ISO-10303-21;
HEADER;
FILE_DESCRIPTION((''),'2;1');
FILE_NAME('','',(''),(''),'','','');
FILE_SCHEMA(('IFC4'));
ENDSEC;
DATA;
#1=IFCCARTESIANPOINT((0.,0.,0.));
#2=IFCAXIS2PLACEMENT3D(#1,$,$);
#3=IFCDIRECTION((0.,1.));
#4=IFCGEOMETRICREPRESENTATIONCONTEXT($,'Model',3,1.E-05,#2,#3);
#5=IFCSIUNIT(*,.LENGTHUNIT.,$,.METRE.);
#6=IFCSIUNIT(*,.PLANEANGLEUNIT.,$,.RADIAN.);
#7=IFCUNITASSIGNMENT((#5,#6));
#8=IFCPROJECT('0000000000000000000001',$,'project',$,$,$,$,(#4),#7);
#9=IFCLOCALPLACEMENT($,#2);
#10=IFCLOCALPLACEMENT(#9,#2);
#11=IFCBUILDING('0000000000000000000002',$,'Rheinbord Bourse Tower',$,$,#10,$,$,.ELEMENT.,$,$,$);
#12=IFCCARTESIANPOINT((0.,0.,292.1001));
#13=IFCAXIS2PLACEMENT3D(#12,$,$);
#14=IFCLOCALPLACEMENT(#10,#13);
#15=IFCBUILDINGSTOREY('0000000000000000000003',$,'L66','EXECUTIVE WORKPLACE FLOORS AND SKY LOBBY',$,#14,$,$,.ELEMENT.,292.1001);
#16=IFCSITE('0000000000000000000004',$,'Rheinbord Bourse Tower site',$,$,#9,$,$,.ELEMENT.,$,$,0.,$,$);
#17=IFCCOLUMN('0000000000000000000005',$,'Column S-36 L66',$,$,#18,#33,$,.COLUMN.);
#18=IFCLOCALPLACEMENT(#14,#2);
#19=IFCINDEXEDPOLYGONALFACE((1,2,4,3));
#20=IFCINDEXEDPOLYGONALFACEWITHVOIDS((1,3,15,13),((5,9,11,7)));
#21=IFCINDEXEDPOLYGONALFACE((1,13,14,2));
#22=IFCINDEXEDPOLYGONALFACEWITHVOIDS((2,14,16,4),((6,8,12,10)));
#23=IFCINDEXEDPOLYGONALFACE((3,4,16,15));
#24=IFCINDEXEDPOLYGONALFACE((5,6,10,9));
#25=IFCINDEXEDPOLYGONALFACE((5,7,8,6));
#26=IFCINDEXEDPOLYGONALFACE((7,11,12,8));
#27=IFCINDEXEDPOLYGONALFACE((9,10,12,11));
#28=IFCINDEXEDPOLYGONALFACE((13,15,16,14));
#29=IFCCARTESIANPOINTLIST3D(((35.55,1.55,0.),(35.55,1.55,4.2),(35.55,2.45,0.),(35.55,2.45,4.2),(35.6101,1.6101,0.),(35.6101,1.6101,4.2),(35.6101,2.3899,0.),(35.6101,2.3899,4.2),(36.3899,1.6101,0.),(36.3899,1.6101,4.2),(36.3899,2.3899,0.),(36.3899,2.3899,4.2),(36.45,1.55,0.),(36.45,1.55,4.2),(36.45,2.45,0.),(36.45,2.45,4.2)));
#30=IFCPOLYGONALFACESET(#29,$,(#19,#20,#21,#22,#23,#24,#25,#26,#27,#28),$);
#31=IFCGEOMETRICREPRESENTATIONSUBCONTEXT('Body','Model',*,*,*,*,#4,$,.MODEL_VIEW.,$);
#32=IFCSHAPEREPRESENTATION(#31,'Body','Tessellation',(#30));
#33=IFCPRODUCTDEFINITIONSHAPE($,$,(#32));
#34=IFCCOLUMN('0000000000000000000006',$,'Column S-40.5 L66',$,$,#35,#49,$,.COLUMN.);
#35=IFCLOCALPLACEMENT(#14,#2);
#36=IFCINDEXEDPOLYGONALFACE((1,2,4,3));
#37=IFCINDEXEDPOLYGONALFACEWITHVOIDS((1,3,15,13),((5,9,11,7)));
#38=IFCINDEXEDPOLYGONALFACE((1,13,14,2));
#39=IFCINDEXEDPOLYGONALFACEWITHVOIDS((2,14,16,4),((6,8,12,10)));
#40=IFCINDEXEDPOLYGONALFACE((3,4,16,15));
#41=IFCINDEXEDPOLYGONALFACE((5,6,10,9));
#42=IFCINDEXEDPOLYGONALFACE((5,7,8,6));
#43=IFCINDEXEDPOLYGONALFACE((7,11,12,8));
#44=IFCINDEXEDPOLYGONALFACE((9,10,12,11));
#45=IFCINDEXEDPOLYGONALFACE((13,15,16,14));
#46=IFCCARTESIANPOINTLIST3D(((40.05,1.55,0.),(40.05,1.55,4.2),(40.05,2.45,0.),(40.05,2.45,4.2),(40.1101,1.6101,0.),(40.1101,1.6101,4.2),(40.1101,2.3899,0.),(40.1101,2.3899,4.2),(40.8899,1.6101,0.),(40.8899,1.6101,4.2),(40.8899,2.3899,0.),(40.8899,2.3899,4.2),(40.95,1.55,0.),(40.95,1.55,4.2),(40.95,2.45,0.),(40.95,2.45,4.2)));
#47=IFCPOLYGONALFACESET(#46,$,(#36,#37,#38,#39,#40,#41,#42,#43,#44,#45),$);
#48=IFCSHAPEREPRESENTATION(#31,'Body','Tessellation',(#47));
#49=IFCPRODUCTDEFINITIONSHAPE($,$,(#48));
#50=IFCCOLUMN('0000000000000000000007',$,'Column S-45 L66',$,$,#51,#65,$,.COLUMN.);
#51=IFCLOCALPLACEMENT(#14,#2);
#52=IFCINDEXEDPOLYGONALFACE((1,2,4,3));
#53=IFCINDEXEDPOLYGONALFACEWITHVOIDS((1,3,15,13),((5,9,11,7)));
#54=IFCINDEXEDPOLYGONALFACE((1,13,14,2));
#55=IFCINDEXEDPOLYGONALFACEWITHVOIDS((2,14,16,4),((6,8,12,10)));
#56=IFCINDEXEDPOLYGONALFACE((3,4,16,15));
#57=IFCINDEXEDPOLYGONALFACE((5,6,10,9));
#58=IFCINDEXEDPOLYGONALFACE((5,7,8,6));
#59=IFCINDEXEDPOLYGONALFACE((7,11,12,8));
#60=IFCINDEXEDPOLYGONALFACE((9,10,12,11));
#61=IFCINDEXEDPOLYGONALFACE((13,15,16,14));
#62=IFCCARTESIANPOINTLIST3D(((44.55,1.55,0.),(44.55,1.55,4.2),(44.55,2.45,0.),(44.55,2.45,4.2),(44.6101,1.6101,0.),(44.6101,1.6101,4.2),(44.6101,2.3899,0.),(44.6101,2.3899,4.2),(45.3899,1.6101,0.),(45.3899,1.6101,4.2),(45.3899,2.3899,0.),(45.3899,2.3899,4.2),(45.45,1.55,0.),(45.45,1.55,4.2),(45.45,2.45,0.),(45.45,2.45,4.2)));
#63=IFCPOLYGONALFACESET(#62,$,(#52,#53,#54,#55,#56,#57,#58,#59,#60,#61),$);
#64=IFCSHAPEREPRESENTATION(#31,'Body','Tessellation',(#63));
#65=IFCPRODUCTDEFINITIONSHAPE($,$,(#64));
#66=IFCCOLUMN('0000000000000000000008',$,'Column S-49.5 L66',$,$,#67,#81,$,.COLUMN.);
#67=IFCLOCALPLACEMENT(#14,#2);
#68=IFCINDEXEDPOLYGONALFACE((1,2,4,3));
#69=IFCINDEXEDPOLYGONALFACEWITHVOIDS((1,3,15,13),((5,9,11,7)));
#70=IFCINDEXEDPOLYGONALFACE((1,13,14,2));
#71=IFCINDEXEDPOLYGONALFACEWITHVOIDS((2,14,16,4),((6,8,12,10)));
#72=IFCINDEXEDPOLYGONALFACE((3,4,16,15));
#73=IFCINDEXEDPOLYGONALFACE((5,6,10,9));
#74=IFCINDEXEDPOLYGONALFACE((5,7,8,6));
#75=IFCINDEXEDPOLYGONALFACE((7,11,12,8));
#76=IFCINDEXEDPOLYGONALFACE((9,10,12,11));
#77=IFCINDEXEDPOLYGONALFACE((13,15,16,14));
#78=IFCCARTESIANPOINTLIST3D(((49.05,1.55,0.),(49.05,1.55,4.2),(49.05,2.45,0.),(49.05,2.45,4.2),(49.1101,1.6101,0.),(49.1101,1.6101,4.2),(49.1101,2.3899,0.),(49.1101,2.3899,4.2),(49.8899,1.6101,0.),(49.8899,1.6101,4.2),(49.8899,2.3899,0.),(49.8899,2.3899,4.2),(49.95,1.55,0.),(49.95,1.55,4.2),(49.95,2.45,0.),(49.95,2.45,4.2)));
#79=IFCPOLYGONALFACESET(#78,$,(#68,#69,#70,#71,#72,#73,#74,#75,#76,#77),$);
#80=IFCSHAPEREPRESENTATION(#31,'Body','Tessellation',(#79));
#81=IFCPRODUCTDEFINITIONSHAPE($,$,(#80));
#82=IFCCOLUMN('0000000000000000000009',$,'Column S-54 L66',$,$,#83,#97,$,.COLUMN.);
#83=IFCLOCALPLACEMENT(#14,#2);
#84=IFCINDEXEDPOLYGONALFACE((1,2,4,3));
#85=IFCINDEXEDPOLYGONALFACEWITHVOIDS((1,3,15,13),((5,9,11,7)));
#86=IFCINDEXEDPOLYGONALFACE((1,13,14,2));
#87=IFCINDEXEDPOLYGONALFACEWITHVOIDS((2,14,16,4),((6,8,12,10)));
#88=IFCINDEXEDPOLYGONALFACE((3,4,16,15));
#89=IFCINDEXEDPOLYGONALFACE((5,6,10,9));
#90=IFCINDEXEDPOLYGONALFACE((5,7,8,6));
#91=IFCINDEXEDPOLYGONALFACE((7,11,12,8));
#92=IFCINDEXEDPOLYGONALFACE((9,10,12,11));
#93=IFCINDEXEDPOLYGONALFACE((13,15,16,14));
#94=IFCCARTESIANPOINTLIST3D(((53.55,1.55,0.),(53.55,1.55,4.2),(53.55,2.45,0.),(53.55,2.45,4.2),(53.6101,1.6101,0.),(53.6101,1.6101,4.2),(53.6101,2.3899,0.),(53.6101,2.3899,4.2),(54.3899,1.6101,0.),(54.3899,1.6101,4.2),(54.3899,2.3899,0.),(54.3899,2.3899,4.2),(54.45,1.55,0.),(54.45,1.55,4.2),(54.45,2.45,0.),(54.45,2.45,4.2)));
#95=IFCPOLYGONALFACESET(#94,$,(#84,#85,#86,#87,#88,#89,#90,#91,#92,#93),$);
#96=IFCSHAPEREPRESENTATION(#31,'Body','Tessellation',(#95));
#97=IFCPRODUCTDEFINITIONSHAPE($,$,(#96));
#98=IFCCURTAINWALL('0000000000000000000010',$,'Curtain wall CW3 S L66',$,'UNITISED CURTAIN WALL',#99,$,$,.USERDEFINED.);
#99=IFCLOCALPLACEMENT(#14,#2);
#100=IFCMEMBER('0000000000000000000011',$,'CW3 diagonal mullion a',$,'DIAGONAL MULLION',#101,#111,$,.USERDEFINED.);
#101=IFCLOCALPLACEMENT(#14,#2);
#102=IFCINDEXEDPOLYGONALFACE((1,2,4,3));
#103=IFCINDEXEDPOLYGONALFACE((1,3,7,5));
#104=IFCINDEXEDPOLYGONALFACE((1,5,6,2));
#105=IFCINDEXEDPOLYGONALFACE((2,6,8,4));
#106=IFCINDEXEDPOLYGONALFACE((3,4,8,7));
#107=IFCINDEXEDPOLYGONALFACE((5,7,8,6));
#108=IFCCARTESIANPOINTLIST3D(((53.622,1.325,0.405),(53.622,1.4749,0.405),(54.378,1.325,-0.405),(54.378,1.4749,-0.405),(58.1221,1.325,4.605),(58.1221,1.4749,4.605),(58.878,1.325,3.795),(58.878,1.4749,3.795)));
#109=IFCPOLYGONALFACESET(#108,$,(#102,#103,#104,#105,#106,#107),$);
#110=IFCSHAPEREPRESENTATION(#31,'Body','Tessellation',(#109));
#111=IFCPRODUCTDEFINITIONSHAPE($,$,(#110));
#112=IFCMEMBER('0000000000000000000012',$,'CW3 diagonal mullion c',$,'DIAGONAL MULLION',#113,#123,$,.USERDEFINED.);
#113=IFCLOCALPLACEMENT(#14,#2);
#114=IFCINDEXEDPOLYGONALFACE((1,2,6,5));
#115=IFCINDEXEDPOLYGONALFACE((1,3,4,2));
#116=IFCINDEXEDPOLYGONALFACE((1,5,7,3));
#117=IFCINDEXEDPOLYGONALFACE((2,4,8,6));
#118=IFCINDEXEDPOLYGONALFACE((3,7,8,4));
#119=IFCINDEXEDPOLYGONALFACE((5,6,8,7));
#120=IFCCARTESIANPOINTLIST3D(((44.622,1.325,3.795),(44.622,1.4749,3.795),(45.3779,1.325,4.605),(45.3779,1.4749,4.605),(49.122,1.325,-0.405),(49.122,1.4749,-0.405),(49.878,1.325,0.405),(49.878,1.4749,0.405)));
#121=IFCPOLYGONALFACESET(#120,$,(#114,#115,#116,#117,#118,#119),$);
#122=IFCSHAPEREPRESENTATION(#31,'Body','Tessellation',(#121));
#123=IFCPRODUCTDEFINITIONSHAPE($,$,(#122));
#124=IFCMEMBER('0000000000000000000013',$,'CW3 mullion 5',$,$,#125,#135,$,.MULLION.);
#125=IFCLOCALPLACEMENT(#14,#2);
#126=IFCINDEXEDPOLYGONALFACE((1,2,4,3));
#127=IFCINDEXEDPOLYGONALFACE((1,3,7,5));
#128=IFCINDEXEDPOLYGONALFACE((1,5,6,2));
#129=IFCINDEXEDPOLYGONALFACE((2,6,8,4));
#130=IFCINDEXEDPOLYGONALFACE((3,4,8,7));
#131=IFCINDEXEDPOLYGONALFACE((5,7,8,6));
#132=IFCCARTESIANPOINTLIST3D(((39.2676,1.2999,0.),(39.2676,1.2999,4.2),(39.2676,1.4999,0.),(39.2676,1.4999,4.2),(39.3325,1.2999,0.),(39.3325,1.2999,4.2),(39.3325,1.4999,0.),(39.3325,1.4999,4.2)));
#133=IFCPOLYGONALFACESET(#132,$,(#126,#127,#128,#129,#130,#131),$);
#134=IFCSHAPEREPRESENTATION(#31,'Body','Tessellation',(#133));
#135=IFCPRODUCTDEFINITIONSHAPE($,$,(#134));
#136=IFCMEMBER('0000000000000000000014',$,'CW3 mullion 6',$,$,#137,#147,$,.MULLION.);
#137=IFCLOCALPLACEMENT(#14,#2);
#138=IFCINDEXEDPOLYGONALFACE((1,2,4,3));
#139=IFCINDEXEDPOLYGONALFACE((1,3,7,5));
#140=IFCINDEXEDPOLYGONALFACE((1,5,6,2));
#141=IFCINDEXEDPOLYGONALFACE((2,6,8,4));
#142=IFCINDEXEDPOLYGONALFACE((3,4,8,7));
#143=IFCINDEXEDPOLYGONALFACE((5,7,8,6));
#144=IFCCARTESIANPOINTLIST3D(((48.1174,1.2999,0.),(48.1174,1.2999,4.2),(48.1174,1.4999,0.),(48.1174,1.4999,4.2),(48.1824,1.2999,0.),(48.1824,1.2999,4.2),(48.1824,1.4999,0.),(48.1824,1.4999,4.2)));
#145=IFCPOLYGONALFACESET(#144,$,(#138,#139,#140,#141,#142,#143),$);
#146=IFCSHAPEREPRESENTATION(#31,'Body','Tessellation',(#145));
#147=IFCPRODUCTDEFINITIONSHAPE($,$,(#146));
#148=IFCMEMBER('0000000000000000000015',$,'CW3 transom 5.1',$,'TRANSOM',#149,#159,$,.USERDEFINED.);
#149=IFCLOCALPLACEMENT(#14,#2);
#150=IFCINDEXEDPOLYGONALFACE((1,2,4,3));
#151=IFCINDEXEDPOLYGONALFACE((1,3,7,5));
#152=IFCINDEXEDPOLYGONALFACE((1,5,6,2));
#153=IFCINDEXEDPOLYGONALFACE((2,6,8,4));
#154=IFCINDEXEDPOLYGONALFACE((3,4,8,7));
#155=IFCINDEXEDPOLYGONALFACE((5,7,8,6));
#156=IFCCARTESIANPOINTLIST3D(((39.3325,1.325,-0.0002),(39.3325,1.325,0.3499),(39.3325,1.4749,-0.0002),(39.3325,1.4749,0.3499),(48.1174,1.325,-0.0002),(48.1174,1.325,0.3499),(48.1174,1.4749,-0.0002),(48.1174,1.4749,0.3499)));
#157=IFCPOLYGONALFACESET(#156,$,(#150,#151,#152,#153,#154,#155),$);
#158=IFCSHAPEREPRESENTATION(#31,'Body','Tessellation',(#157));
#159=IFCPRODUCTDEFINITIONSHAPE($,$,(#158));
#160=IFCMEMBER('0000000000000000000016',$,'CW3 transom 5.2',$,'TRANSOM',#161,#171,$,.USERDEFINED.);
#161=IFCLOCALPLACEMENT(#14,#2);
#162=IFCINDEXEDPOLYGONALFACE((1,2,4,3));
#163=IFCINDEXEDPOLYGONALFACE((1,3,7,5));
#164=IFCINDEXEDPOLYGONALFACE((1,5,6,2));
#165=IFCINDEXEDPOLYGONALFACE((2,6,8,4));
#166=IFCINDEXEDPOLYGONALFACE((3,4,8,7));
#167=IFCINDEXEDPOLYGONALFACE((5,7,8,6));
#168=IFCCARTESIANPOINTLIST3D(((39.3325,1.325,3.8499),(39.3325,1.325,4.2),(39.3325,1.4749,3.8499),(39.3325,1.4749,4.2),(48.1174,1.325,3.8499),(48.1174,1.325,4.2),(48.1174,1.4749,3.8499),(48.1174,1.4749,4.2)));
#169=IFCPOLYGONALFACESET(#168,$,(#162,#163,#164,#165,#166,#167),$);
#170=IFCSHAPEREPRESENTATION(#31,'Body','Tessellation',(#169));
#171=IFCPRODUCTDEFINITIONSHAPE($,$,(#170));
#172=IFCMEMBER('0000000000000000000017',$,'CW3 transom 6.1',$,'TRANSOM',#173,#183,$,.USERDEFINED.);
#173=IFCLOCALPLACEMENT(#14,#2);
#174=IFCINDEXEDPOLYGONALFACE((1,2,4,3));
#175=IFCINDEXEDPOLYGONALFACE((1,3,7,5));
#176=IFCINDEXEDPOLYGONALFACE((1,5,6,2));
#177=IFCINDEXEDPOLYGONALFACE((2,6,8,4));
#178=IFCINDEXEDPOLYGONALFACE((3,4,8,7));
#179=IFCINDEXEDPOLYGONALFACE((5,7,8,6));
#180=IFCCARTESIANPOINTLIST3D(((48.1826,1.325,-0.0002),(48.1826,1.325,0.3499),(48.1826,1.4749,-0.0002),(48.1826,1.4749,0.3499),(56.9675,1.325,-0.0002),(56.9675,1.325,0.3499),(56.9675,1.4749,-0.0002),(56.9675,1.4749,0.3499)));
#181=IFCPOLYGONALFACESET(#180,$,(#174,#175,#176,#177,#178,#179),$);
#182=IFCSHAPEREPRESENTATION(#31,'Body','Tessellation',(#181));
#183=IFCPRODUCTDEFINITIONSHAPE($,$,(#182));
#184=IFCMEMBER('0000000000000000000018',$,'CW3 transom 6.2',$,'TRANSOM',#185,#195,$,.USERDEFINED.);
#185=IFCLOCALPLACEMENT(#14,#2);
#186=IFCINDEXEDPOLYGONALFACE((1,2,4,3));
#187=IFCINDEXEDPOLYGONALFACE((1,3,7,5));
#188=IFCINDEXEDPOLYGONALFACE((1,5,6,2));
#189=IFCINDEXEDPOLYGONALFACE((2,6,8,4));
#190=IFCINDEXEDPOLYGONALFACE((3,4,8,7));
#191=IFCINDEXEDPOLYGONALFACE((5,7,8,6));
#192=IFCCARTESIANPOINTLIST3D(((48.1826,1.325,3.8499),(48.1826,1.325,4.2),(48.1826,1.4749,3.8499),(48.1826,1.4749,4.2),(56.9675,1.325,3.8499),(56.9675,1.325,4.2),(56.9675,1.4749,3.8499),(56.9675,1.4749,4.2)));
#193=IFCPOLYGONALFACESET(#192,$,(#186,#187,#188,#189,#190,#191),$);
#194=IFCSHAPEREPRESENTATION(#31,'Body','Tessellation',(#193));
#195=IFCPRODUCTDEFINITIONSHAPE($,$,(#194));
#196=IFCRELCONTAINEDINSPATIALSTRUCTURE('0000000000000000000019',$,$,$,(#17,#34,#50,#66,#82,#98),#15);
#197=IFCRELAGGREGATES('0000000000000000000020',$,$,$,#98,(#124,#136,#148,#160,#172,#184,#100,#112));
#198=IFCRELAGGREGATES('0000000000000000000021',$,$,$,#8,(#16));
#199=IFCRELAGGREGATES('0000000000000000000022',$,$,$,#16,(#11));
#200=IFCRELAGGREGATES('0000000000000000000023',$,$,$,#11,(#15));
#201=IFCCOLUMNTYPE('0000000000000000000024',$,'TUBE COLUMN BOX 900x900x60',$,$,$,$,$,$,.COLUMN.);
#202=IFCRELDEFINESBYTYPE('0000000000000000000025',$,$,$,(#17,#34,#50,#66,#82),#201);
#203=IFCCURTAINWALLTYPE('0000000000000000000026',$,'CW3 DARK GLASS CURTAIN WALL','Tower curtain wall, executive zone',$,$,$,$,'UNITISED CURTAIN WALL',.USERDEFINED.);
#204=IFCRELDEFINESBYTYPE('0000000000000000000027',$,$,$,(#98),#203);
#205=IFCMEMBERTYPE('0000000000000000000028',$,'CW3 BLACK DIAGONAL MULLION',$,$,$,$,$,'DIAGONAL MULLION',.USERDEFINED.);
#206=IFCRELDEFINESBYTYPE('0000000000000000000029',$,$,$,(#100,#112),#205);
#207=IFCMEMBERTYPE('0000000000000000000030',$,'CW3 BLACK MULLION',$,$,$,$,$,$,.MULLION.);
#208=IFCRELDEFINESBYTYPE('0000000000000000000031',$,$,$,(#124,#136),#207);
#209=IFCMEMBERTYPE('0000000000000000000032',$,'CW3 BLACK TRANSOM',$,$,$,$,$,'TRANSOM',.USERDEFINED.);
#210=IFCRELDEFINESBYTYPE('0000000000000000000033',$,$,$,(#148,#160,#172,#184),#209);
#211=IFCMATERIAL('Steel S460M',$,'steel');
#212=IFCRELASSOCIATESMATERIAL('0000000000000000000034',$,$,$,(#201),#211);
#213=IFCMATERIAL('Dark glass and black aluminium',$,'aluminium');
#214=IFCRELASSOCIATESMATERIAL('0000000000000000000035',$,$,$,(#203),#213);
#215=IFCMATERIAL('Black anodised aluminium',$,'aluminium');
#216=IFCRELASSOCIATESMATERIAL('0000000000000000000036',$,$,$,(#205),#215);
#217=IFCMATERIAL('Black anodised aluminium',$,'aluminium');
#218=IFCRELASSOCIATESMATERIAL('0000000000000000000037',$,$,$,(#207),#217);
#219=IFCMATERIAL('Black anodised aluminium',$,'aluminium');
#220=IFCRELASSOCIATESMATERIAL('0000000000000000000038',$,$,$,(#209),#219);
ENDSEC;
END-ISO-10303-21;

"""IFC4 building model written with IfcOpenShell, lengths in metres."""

from ifc_helpers import new_model, si_unit, direction, frame, origin, origin_2d, place, context, subcontext, project, spatial, rectangle, hollow_rectangle, extrude, material, material_profile, profile_set, type_object, element, aggregate, save


model = new_model("IFC4")

# Units and contexts
model_context = context("Model", 3, precision=1e-05, world=origin(), true_north=direction((0.0, 1.0)))
body_context = subcontext(model_context, "Body", "Model", "MODEL_VIEW")
ifc_project = project(units=[si_unit("LENGTHUNIT", "METRE"), si_unit("PLANEANGLEUNIT", "RADIAN")], contexts=[model_context])

# Site, building, storey
site_placement = place(None, origin())
site = spatial("IfcSite", under=ifc_project, at=site_placement, Name="Rheinbord Bourse Tower site", CompositionType="ELEMENT", RefElevation=0.0)
building_placement = place(site_placement, origin())
building = spatial("IfcBuilding", under=site, at=building_placement, Name="Rheinbord Bourse Tower", CompositionType="ELEMENT")
storey_placement = place(building_placement, frame((0.0, 0.0, 292.1001)))
storey = spatial("IfcBuildingStorey", under=building, at=storey_placement, Name="L66", Description="EXECUTIVE WORKPLACE FLOORS AND SKY LOBBY", CompositionType="ELEMENT", Elevation=292.1001)

# Columns
ifc_material_1 = material(Name="Steel S460M", Category="steel")
ifc_material_profile_1 = material_profile(ifc_material_1, hollow_rectangle(XDim=0.8999, YDim=0.8999, WallThickness=0.0601, at=origin_2d()), Name="BOX 900x900x60")
ifc_profile_set_1 = profile_set([ifc_material_profile_1], Name="Steel S460M")
column_type = type_object("IfcColumnType", Name="TUBE COLUMN BOX 900x900x60", PredefinedType="COLUMN", material=ifc_profile_set_1)
for number, where, z_axis, x_axis, name in (
    (1, (36.0, 2.0, 0.0), (0.0, 0.0, 1.0), (0.0, 1.0, 0.0), "Column S-36 L66"),
    (2, (40.5, 2.0, 0.0), (0.0, 0.0, 1.0), (0.0, 1.0, 0.0), "Column S-40.5 L66"),
    (3, (45.0, 2.0, 0.0), (0.0, 0.0, 1.0), (0.0, 1.0, 0.0), "Column S-45 L66"),
    (4, (49.5, 2.0, 0.0), (0.0, 0.0, 1.0), (0.0, 1.0, 0.0), "Column S-49.5 L66"),
    (5, (54.0, 2.0, 0.0), (0.0, 0.0, 1.0), (0.0, 1.0, 0.0), "Column S-54 L66"),
):
    element("IfcColumn", number, at=place(storey_placement, frame(where, z_axis=z_axis, x_axis=x_axis)), inside=storey, type_object=column_type, Name=name, PredefinedType="COLUMN", context=body_context, shape_type="SweptSolid", body=[
        extrude(hollow_rectangle(XDim=0.8999, YDim=0.8999, WallThickness=0.0601, at=origin_2d()), origin(), (0.0, 0.0, 1.0), 4.2),
    ])

# Curtain wall, members
ifc_material_2 = material(Name="Dark glass and black aluminium", Category="aluminium")
curtain_wall_type = type_object("IfcCurtainWallType", Name="CW3 DARK GLASS CURTAIN WALL", Description="Tower curtain wall, executive zone", ElementType="UNITISED CURTAIN WALL", PredefinedType="USERDEFINED", material=ifc_material_2)
curtain_wall_placement = place(storey_placement, origin())
curtain_wall = element("IfcCurtainWall", 6, at=curtain_wall_placement, inside=storey, type_object=curtain_wall_type, Name="Curtain wall CW3 S L66", ObjectType="UNITISED CURTAIN WALL", PredefinedType="USERDEFINED")
ifc_material_3 = material(Name="Black anodised aluminium", Category="aluminium")
ifc_material_profile_2 = material_profile(ifc_material_3, rectangle(XDim=0.1499, YDim=1.1079, at=origin_2d()), Name="CW3 DIAGONAL MULLION 1108x150")
ifc_profile_set_2 = profile_set([ifc_material_profile_2], Name="Black anodised aluminium")
member_type_1 = type_object("IfcMemberType", Name="CW3 BLACK DIAGONAL MULLION", ElementType="DIAGONAL MULLION", PredefinedType="USERDEFINED", material=ifc_profile_set_2)
member_1_placement = place(storey_placement, frame((54.0, 1.3999, 0.0), z_axis=(0.731059, 0.0, 0.682314), x_axis=(0.0, 1.0, 0.0)))
member_1 = element("IfcMember", 7, at=member_1_placement, type_object=member_type_1, Name="CW3 diagonal mullion a", ObjectType="DIAGONAL MULLION", PredefinedType="USERDEFINED", context=body_context, shape_type="SweptSolid", body=[
    extrude(rectangle(XDim=0.1499, YDim=1.1079, at=origin_2d()), origin(), (0.0, 0.0, 1.0), 6.1555),
])
member_2_placement = place(storey_placement, frame((49.5, 1.3999, 0.0), z_axis=(-0.731059, 0.0, 0.682314), x_axis=(0.0, -1.0, 0.0)))
member_2 = element("IfcMember", 8, at=member_2_placement, type_object=member_type_1, Name="CW3 diagonal mullion c", ObjectType="DIAGONAL MULLION", PredefinedType="USERDEFINED", context=body_context, shape_type="SweptSolid", body=[
    extrude(rectangle(XDim=0.1499, YDim=1.1079, at=origin_2d()), origin(), (0.0, 0.0, 1.0), 6.1555),
])
ifc_material_4 = material(Name="Black anodised aluminium", Category="aluminium")
ifc_material_profile_3 = material_profile(ifc_material_4, rectangle(XDim=0.2, YDim=0.0649, at=origin_2d()), Name="CW3 MULLION 65x200")
ifc_profile_set_3 = profile_set([ifc_material_profile_3], Name="Black anodised aluminium")
member_type_2 = type_object("IfcMemberType", Name="CW3 BLACK MULLION", PredefinedType="MULLION", material=ifc_profile_set_3)
member_3_placement = place(storey_placement, frame((39.3, 1.3999, 0.0), z_axis=(0.0, 0.0, 1.0), x_axis=(0.0, 1.0, 0.0)))
member_3 = element("IfcMember", 9, at=member_3_placement, type_object=member_type_2, Name="CW3 mullion 5", PredefinedType="MULLION", context=body_context, shape_type="SweptSolid", body=[
    extrude(rectangle(XDim=0.2, YDim=0.0649, at=origin_2d()), origin(), (0.0, 0.0, 1.0), 4.2),
])
member_4_placement = place(storey_placement, frame((48.1499, 1.3999, 0.0), z_axis=(0.0, 0.0, 1.0), x_axis=(0.0, 1.0, 0.0)))
member_4 = element("IfcMember", 10, at=member_4_placement, type_object=member_type_2, Name="CW3 mullion 6", PredefinedType="MULLION", context=body_context, shape_type="SweptSolid", body=[
    extrude(rectangle(XDim=0.2, YDim=0.0649, at=origin_2d()), origin(), (0.0, 0.0, 1.0), 4.2),
])
ifc_material_5 = material(Name="Black anodised aluminium", Category="aluminium")
ifc_material_profile_4 = material_profile(ifc_material_5, rectangle(XDim=0.1499, YDim=0.3501, at=origin_2d()), Name="CW3 TRANSOM 350x150")
ifc_profile_set_4 = profile_set([ifc_material_profile_4], Name="Black anodised aluminium")
member_type_3 = type_object("IfcMemberType", Name="CW3 BLACK TRANSOM", ElementType="TRANSOM", PredefinedType="USERDEFINED", material=ifc_profile_set_4)
member_5_placement = place(storey_placement, frame((39.3325, 1.3999, 0.1748), z_axis=(1.0, 0.0, 0.0), x_axis=(0.0, 1.0, 0.0)))
member_5 = element("IfcMember", 11, at=member_5_placement, type_object=member_type_3, Name="CW3 transom 5.1", ObjectType="TRANSOM", PredefinedType="USERDEFINED", context=body_context, shape_type="SweptSolid", body=[
    extrude(rectangle(XDim=0.1499, YDim=0.3501, at=origin_2d()), origin(), (0.0, 0.0, 1.0), 8.7849),
])
member_6_placement = place(storey_placement, frame((39.3325, 1.3999, 4.0249), z_axis=(1.0, 0.0, 0.0), x_axis=(0.0, 1.0, 0.0)))
member_6 = element("IfcMember", 12, at=member_6_placement, type_object=member_type_3, Name="CW3 transom 5.2", ObjectType="TRANSOM", PredefinedType="USERDEFINED", context=body_context, shape_type="SweptSolid", body=[
    extrude(rectangle(XDim=0.1499, YDim=0.3501, at=origin_2d()), origin(), (0.0, 0.0, 1.0), 8.7849),
])
member_7_placement = place(storey_placement, frame((48.1826, 1.3999, 0.1748), z_axis=(1.0, 0.0, 0.0), x_axis=(0.0, 1.0, 0.0)))
member_7 = element("IfcMember", 13, at=member_7_placement, type_object=member_type_3, Name="CW3 transom 6.1", ObjectType="TRANSOM", PredefinedType="USERDEFINED", context=body_context, shape_type="SweptSolid", body=[
    extrude(rectangle(XDim=0.1499, YDim=0.3501, at=origin_2d()), origin(), (0.0, 0.0, 1.0), 8.7849),
])
member_8_placement = place(storey_placement, frame((48.1826, 1.3999, 4.0249), z_axis=(1.0, 0.0, 0.0), x_axis=(0.0, 1.0, 0.0)))
member_8 = element("IfcMember", 14, at=member_8_placement, type_object=member_type_3, Name="CW3 transom 6.2", ObjectType="TRANSOM", PredefinedType="USERDEFINED", context=body_context, shape_type="SweptSolid", body=[
    extrude(rectangle(XDim=0.1499, YDim=0.3501, at=origin_2d()), origin(), (0.0, 0.0, 1.0), 8.7849),
])

aggregate(curtain_wall, [member_3, member_4, member_5, member_6, member_7, member_8, member_1, member_2])

save(model, "model.ifc")
